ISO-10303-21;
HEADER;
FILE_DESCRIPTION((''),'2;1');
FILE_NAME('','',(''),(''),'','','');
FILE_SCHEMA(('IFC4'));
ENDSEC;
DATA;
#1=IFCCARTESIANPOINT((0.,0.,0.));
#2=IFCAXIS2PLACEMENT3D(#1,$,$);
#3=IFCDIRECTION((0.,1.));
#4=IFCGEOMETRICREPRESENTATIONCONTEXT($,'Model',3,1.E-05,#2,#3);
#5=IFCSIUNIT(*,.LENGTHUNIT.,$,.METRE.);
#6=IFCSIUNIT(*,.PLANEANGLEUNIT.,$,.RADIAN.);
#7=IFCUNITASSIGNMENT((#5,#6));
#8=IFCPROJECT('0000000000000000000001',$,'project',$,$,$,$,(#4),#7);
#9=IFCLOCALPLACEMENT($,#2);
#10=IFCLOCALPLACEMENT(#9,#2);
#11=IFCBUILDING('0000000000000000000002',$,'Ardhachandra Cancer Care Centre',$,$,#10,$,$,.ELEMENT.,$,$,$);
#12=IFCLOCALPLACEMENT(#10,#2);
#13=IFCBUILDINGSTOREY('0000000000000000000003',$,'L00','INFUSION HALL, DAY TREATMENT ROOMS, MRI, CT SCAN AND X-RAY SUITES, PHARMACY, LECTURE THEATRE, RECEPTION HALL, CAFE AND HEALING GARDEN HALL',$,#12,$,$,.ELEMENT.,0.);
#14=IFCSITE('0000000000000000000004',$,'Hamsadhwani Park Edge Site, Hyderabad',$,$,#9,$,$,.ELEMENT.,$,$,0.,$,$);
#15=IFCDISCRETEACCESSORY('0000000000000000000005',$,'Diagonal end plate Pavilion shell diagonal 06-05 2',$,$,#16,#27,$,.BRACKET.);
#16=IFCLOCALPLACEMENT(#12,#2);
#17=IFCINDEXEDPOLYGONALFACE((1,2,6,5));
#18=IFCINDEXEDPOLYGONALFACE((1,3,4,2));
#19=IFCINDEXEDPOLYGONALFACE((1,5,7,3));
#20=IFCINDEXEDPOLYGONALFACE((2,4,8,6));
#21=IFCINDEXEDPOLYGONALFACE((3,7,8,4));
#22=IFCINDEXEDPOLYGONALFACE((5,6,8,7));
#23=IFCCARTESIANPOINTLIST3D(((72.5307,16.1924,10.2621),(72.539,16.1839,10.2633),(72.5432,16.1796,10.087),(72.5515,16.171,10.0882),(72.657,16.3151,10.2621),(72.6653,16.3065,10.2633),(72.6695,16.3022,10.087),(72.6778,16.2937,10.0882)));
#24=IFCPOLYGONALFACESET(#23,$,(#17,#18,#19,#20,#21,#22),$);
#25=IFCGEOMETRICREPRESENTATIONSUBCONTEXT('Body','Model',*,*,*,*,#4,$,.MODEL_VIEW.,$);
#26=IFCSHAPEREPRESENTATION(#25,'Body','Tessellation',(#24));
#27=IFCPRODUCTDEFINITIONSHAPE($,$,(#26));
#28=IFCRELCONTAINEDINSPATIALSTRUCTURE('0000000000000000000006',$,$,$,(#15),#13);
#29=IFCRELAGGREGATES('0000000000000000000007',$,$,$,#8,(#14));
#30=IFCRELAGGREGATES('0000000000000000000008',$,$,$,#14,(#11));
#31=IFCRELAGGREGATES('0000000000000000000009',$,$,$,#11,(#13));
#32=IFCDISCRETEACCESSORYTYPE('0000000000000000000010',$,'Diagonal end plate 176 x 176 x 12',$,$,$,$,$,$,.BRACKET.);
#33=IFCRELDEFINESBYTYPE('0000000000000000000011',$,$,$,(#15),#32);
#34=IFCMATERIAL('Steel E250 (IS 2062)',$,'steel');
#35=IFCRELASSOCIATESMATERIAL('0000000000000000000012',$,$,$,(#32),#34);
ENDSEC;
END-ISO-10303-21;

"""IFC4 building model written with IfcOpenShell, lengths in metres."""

from ifc_helpers import new_model, si_unit, direction, frame, origin, origin_2d, place, context, subcontext, project, spatial, rectangle, extrude, material, material_profile, profile_set, type_object, element, save


model = new_model("IFC4")

# Units and contexts
model_context = context("Model", 3, precision=1e-05, world=origin(), true_north=direction((0.0, 1.0)))
body_context = subcontext(model_context, "Body", "Model", "MODEL_VIEW")
ifc_project = project(units=[si_unit("LENGTHUNIT", "METRE"), si_unit("PLANEANGLEUNIT", "RADIAN")], contexts=[model_context])

# Site, building, storey
site_placement = place(None, origin())
site = spatial("IfcSite", under=ifc_project, at=site_placement, Name="Hamsadhwani Park Edge Site, Hyderabad", CompositionType="ELEMENT", RefElevation=0.0)
building_placement = place(site_placement, origin())
building = spatial("IfcBuilding", under=site, at=building_placement, Name="Ardhachandra Cancer Care Centre", CompositionType="ELEMENT")
storey_placement = place(building_placement, origin())
storey = spatial("IfcBuildingStorey", under=building, at=storey_placement, Name="L00", Description="INFUSION HALL, DAY TREATMENT ROOMS, MRI, CT SCAN AND X-RAY SUITES, PHARMACY, LECTURE THEATRE, RECEPTION HALL, CAFE AND HEALING GARDEN HALL", CompositionType="ELEMENT", Elevation=0.0)

# Discrete accessory
ifc_material_1 = material(Name="Steel E250 (IS 2062)", Category="steel")
ifc_material_profile_1 = material_profile(ifc_material_1, rectangle(XDim=0.176, YDim=0.176, at=origin_2d()), Name="PL 176x176x12")
ifc_profile_set_1 = profile_set([ifc_material_profile_1], Name="Steel E250 (IS 2062)")
discrete_accessory_type = type_object("IfcDiscreteAccessoryType", Name="Diagonal end plate 176 x 176 x 12", PredefinedType="BRACKET", material=ifc_profile_set_1)
for number, where, z_axis, x_axis, name in (
    (1, (72.6001, 16.2473, 10.1746), (0.693156, -0.713543, 0.101935), (0.717279, 0.696786, 0.0), "Diagonal end plate Pavilion shell diagonal 06-05 2"),
):
    element("IfcDiscreteAccessory", number, at=place(storey_placement, frame(where, z_axis=z_axis, x_axis=x_axis)), inside=storey, type_object=discrete_accessory_type, Name=name, PredefinedType="BRACKET", context=body_context, shape_type="SweptSolid", body=[
        extrude(rectangle(XDim=0.176, YDim=0.176, at=origin_2d()), origin(), (0.0, 0.0, 1.0), 0.012),
    ])

save(model, "model.ifc")
